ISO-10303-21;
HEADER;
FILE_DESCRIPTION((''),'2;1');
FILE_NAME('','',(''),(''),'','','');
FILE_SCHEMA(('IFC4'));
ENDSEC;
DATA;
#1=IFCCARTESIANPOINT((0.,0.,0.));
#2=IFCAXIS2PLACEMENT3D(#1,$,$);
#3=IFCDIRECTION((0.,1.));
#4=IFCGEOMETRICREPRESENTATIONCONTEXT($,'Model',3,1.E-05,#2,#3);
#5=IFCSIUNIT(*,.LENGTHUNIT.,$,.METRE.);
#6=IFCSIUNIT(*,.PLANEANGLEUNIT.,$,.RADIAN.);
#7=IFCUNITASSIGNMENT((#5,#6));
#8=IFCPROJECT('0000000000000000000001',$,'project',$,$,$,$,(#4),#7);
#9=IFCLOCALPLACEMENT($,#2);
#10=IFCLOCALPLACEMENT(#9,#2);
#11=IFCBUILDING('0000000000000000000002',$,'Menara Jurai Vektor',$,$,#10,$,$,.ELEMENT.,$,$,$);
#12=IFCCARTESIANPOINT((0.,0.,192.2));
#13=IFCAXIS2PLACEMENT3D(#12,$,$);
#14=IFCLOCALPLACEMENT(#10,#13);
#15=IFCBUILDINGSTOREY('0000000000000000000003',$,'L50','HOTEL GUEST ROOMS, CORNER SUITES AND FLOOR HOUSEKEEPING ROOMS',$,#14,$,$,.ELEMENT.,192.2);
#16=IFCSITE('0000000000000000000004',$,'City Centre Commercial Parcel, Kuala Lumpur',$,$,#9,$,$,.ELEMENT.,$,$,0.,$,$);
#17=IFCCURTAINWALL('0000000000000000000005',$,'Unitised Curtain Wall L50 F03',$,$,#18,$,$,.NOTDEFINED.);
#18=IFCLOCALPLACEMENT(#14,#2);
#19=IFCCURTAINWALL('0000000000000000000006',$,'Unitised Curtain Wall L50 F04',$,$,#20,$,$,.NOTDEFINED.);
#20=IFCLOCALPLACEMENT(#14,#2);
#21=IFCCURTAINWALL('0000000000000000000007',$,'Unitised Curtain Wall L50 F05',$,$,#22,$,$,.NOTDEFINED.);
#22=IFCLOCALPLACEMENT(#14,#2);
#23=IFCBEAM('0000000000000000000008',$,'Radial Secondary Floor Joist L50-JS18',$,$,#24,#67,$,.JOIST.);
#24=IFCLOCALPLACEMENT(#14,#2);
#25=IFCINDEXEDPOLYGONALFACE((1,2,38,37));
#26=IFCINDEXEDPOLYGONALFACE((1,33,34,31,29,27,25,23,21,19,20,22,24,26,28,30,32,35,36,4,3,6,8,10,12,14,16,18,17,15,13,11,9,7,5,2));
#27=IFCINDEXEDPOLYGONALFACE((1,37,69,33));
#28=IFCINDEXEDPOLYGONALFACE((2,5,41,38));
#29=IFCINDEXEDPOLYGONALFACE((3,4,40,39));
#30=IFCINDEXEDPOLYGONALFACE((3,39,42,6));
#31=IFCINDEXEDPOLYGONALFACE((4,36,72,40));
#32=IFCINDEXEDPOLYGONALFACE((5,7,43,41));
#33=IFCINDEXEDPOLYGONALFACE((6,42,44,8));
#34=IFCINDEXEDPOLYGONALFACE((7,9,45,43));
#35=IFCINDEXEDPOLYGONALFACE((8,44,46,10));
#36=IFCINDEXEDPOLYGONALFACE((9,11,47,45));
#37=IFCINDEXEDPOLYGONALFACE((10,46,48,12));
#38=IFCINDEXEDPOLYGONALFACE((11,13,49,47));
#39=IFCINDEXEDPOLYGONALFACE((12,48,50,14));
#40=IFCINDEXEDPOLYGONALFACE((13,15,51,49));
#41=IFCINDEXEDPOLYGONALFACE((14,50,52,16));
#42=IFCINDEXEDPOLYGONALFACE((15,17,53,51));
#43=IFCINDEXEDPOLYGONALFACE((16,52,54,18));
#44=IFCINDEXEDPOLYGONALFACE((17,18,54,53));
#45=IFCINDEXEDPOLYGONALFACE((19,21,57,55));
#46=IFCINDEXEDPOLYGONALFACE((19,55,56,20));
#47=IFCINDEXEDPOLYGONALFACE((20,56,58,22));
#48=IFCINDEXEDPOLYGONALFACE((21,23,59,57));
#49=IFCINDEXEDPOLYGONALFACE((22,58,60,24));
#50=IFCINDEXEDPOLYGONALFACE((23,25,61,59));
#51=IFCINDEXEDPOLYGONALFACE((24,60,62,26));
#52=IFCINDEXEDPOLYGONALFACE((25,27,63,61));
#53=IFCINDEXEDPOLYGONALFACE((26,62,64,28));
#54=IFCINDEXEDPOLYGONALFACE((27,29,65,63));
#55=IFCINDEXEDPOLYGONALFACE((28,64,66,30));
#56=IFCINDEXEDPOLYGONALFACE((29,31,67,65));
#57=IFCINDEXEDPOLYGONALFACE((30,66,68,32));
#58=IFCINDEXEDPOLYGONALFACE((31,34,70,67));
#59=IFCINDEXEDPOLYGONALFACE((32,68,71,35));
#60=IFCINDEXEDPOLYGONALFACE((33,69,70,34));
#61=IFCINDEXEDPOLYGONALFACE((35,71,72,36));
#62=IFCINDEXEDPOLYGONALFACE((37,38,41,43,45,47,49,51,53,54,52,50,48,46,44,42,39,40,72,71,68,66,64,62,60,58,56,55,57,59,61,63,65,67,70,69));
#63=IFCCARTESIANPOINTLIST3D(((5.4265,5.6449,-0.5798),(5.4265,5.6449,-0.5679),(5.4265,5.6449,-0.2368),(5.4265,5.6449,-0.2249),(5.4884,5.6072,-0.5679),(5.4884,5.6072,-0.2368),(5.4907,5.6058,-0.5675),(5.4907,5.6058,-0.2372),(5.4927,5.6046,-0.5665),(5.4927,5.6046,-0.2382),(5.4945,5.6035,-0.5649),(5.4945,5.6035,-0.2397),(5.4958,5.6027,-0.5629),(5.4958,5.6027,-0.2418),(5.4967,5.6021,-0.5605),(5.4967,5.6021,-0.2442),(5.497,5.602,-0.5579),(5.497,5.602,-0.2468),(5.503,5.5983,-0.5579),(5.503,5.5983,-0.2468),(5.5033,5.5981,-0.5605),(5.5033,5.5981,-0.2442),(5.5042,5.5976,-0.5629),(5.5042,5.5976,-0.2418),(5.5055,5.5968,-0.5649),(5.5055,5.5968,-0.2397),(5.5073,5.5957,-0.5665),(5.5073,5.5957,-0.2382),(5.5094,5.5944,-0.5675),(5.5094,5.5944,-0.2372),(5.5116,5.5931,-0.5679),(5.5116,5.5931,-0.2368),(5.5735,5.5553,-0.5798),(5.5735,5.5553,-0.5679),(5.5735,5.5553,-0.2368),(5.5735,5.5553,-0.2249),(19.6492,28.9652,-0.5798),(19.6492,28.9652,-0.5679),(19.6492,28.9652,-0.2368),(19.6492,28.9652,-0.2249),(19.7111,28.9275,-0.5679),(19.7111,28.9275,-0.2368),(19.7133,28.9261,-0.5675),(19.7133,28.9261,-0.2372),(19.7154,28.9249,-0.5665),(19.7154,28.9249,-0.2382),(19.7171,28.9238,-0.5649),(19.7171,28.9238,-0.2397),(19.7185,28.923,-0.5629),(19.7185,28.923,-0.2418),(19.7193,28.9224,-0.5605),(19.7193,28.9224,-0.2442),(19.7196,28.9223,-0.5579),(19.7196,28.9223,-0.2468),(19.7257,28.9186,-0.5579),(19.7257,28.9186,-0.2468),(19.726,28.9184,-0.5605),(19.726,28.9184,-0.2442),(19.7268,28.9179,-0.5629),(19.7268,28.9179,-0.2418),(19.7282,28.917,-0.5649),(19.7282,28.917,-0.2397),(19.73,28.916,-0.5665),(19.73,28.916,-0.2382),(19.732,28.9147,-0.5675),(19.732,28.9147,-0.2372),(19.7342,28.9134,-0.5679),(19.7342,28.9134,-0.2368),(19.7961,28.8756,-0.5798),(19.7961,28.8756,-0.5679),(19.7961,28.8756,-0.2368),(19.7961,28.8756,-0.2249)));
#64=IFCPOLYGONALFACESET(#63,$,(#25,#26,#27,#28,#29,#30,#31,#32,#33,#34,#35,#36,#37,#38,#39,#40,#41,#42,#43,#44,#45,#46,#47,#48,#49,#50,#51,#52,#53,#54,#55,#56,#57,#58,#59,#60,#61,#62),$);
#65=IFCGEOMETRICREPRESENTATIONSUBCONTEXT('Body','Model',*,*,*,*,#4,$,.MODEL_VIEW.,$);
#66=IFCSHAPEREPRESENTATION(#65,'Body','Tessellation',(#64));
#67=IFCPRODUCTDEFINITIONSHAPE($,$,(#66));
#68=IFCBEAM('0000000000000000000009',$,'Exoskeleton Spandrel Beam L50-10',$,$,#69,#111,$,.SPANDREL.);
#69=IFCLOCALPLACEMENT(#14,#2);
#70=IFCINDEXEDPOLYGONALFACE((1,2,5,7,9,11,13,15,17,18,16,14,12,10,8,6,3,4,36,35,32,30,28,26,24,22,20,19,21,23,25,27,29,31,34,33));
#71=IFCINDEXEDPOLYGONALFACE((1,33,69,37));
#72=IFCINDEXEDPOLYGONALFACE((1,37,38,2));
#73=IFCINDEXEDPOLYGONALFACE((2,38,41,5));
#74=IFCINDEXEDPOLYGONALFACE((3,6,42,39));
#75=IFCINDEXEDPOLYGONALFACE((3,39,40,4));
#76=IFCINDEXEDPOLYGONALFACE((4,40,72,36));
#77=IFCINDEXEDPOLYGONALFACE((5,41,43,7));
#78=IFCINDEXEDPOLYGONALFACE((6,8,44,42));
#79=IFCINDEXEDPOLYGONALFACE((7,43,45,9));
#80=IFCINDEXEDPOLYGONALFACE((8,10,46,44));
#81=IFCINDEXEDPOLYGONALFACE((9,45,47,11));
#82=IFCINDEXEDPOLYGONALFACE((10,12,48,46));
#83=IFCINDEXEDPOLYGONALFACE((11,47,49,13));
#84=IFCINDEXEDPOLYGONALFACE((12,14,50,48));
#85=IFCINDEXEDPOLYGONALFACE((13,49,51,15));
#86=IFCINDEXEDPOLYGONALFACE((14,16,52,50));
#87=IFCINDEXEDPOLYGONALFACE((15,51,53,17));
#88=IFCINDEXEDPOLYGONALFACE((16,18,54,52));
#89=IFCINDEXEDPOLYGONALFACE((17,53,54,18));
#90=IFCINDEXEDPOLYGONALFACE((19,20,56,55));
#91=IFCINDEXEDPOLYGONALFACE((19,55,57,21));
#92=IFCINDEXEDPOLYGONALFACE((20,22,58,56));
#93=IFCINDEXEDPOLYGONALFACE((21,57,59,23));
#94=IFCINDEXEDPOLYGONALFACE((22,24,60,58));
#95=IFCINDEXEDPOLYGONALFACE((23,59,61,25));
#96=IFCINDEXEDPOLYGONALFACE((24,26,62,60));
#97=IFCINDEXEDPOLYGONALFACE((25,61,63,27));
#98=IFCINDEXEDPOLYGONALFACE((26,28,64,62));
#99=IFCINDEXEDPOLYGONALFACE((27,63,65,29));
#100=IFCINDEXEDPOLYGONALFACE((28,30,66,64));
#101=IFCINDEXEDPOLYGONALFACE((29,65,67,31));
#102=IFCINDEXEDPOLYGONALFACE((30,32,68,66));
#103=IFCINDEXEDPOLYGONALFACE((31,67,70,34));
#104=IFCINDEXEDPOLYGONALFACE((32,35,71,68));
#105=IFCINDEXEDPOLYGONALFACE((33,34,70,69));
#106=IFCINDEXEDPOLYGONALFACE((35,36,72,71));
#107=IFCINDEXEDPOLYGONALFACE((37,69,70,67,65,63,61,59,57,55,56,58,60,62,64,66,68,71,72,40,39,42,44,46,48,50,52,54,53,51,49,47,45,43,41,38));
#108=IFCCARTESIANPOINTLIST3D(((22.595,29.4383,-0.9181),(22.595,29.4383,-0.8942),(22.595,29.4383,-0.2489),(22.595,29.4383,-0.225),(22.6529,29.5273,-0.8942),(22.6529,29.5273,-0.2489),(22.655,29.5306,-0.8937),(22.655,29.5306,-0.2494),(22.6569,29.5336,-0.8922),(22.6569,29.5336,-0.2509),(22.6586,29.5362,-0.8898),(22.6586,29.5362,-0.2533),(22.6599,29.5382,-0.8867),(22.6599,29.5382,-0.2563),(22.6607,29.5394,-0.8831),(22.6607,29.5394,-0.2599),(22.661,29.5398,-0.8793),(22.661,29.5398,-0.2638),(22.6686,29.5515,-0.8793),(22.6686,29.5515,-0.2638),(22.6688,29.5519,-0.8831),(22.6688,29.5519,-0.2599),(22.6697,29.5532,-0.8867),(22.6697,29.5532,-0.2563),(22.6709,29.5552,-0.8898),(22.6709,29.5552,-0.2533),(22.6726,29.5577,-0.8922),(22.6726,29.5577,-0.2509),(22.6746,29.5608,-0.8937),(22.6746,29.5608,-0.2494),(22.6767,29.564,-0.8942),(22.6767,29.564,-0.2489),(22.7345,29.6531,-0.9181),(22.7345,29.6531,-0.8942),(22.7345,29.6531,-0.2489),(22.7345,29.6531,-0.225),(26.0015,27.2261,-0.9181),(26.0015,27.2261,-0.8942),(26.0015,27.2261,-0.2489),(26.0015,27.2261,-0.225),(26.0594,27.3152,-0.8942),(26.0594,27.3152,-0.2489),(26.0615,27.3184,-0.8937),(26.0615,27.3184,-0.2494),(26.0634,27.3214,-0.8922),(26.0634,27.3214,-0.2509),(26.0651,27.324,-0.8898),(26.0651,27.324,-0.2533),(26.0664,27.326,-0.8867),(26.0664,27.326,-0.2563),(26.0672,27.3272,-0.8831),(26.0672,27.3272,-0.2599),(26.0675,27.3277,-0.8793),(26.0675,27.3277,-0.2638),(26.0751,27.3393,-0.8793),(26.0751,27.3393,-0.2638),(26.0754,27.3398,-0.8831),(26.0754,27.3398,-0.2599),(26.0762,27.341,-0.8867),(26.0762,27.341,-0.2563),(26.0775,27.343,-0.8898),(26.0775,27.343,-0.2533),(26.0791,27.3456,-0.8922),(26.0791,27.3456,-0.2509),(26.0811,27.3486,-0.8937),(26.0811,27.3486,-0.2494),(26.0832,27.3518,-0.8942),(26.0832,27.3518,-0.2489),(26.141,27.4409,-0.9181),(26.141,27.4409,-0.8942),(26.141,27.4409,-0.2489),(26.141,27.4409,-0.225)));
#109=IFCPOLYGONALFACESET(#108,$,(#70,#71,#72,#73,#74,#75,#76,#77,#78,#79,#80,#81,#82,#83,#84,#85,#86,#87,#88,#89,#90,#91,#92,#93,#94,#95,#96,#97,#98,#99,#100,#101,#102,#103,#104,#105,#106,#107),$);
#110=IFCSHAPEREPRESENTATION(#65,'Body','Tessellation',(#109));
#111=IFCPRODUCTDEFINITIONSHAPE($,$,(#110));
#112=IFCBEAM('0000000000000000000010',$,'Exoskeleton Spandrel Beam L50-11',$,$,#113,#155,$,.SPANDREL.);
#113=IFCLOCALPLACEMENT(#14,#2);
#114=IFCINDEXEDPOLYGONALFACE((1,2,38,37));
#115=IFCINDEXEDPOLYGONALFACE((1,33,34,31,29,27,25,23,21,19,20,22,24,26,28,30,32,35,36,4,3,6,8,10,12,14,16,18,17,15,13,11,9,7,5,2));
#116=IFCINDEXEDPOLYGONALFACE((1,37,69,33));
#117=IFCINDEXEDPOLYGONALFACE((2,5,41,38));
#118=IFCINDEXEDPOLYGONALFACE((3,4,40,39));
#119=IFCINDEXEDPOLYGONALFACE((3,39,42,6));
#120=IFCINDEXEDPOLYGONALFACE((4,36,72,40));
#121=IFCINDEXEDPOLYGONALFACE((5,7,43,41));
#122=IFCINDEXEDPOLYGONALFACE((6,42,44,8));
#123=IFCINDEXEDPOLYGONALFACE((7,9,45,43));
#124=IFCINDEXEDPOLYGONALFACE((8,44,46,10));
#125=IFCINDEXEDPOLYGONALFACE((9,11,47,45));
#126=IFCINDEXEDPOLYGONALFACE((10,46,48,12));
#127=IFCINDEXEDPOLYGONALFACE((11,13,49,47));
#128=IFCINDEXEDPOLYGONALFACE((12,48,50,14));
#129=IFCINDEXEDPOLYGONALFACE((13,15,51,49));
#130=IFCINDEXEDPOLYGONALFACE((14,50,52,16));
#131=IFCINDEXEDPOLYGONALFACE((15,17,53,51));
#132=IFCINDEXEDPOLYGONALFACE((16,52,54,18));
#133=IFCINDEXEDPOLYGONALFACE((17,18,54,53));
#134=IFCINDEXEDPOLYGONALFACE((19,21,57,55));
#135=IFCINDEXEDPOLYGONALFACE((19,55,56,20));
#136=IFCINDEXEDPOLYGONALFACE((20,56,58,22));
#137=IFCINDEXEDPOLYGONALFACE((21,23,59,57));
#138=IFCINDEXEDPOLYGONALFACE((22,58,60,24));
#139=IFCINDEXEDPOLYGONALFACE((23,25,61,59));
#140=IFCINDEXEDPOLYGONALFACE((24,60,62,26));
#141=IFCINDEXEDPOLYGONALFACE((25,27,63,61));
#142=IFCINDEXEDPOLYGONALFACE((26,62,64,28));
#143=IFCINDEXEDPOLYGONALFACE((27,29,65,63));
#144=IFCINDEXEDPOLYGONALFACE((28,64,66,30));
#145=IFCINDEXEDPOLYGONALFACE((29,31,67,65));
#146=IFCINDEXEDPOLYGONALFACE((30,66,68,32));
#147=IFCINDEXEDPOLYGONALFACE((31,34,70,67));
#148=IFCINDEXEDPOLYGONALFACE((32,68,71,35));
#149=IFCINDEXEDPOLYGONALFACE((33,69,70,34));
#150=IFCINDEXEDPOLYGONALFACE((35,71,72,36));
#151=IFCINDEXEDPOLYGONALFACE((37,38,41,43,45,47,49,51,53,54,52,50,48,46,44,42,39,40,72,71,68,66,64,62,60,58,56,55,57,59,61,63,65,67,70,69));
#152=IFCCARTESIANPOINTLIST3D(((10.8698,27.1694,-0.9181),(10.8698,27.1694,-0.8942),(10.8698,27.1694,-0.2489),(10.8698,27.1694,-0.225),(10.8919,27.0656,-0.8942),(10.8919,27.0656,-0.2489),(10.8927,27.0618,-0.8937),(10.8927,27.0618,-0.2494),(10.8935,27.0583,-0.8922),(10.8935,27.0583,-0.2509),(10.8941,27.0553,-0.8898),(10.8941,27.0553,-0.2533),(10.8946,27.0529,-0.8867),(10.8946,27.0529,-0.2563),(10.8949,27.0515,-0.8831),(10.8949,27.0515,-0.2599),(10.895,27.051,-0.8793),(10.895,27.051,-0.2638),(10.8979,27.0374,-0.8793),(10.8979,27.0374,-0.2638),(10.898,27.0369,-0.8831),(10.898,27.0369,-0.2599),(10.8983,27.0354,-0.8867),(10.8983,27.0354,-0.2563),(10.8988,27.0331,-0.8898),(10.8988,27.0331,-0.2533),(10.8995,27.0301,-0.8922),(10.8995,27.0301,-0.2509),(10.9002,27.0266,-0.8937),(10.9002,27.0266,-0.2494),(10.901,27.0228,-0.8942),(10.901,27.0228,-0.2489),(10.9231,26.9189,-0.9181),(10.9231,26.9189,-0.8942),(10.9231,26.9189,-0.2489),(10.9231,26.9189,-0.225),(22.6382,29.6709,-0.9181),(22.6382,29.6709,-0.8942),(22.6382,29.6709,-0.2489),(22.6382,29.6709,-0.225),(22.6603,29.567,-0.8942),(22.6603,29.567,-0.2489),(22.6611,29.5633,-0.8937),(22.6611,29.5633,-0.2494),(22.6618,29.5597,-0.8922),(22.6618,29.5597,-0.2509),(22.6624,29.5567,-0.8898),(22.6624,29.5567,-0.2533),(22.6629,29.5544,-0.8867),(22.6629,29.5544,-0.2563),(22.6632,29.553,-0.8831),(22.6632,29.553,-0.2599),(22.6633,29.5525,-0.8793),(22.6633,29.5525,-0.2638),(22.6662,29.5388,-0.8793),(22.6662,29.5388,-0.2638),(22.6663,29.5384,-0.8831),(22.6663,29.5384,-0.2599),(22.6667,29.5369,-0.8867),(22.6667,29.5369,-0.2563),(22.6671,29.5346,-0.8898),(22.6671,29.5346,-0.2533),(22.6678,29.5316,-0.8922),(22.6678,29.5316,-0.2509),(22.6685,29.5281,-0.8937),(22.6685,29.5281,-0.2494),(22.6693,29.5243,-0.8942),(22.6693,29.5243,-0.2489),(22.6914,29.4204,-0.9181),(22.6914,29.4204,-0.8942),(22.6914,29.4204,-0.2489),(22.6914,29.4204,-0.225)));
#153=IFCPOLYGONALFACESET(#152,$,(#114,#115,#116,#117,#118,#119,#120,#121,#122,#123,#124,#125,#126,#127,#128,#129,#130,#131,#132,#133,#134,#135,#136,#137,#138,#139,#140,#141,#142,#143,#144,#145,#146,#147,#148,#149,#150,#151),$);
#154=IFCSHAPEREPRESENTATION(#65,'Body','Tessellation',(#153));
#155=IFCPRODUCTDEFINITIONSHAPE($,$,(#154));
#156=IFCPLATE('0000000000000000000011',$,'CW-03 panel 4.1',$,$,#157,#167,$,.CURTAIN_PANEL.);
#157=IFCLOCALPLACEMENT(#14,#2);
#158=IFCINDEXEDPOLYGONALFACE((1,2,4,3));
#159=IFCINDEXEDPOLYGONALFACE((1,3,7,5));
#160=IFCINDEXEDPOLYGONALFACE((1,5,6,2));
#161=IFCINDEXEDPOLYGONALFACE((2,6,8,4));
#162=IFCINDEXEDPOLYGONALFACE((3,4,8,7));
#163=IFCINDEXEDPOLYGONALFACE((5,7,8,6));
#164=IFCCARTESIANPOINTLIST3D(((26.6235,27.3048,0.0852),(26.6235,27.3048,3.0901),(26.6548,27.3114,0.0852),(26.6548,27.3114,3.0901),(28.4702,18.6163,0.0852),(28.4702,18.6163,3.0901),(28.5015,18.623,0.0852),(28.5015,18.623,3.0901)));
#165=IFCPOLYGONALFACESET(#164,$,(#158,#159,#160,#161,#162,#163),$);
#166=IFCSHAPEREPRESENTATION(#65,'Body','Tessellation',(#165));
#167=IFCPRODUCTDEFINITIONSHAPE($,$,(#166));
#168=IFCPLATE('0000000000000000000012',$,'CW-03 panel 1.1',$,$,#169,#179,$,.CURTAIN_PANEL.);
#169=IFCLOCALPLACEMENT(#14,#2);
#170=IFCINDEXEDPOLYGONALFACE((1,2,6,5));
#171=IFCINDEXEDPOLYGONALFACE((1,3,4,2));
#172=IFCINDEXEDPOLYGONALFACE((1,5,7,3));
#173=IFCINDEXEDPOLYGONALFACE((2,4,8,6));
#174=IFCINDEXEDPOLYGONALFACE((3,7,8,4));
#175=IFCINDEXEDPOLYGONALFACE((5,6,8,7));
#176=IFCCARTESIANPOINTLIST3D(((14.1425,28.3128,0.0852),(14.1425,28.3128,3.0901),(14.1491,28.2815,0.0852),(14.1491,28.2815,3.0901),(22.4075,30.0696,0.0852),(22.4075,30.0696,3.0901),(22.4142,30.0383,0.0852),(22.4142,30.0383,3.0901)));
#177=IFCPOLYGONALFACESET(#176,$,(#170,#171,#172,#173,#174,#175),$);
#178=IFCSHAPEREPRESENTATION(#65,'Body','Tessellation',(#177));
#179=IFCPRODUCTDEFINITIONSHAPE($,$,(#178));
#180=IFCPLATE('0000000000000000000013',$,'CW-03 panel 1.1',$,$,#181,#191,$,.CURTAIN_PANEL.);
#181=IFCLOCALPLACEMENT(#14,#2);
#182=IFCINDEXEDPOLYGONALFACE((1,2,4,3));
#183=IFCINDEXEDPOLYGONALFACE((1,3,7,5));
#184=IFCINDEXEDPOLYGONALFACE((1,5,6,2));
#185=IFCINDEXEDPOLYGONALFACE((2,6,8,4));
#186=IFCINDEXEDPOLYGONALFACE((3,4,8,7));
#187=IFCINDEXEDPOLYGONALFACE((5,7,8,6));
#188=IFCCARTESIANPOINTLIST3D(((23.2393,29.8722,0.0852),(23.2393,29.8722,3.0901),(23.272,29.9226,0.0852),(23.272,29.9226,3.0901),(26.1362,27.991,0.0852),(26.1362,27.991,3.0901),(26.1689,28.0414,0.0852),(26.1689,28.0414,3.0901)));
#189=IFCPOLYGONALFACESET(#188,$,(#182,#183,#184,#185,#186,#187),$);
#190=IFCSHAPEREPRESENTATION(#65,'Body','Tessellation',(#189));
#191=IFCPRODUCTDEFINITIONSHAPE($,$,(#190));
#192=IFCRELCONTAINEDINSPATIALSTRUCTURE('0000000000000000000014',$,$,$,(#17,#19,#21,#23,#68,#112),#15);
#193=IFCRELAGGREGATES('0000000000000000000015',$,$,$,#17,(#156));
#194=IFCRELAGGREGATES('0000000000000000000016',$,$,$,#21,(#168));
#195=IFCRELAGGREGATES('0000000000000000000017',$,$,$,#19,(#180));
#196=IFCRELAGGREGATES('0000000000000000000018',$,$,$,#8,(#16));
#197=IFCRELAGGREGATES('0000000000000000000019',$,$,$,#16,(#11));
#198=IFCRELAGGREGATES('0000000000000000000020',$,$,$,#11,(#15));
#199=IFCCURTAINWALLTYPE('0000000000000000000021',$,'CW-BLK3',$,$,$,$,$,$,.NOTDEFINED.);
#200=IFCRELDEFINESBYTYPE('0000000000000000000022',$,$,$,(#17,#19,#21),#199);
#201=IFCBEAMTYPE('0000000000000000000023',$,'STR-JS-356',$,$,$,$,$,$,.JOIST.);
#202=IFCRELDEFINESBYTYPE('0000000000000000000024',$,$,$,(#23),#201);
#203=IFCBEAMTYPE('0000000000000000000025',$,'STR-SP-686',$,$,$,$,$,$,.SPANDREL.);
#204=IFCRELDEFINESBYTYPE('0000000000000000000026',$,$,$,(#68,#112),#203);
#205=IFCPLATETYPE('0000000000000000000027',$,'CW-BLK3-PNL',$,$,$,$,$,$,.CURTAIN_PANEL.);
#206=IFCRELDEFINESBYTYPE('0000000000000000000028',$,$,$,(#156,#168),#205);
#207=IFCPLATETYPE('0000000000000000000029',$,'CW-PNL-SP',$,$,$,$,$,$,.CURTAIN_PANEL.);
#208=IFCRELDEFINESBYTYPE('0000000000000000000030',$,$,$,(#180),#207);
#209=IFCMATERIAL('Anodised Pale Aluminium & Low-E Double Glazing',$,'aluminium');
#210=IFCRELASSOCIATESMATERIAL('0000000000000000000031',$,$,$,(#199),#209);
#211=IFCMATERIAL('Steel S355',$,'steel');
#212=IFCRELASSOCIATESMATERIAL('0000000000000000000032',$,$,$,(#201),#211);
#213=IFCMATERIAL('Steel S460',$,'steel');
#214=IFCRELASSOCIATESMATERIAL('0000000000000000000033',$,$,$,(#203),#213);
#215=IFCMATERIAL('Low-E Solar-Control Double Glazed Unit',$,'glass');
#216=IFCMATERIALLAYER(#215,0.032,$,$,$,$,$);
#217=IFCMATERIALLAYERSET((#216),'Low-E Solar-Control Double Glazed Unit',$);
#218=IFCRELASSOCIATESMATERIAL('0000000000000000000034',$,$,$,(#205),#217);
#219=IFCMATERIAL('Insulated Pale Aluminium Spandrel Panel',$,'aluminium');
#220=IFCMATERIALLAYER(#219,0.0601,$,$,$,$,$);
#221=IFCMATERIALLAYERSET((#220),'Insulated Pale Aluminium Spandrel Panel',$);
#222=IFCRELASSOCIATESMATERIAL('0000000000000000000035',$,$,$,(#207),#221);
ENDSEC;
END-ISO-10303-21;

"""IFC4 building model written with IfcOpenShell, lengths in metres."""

from ifc_helpers import new_model, si_unit, direction, frame, origin, origin_2d, place, context, subcontext, project, spatial, rectangle, i_section, extrude, material, layer, layer_set, material_profile, profile_set, type_object, element, aggregate, save


model = new_model("IFC4")

# Units and contexts
model_context = context("Model", 3, precision=1e-05, world=origin(), true_north=direction((0.0, 1.0)))
body_context = subcontext(model_context, "Body", "Model", "MODEL_VIEW")
ifc_project = project(units=[si_unit("LENGTHUNIT", "METRE"), si_unit("PLANEANGLEUNIT", "RADIAN")], contexts=[model_context])

# Site, building, storey
site_placement = place(None, origin())
site = spatial("IfcSite", under=ifc_project, at=site_placement, Name="City Centre Commercial Parcel, Kuala Lumpur", CompositionType="ELEMENT", RefElevation=0.0)
building_placement = place(site_placement, origin())
building = spatial("IfcBuilding", under=site, at=building_placement, Name="Menara Jurai Vektor", CompositionType="ELEMENT")
storey_placement = place(building_placement, frame((0.0, 0.0, 192.2)))
storey = spatial("IfcBuildingStorey", under=building, at=storey_placement, Name="L50", Description="HOTEL GUEST ROOMS, CORNER SUITES AND FLOOR HOUSEKEEPING ROOMS", CompositionType="ELEMENT", Elevation=192.2)

# Shared definitions
ifc_material_1 = material(Name="Steel S460", Category="steel")

# Curtain walls
ifc_material_2 = material(Name="Anodised Pale Aluminium & Low-E Double Glazing", Category="aluminium")
curtain_wall_type = type_object("IfcCurtainWallType", Name="CW-BLK3", PredefinedType="NOTDEFINED", material=ifc_material_2)
curtain_wall_1_placement = place(storey_placement, origin())
curtain_wall_1 = element("IfcCurtainWall", 1, at=curtain_wall_1_placement, inside=storey, type_object=curtain_wall_type, Name="Unitised Curtain Wall L50 F03", PredefinedType="NOTDEFINED")
curtain_wall_2_placement = place(storey_placement, origin())
curtain_wall_2 = element("IfcCurtainWall", 2, at=curtain_wall_2_placement, inside=storey, type_object=curtain_wall_type, Name="Unitised Curtain Wall L50 F04", PredefinedType="NOTDEFINED")

# Curtain wall
curtain_wall_3_placement = place(storey_placement, origin())
curtain_wall_3 = element("IfcCurtainWall", 3, at=curtain_wall_3_placement, inside=storey, type_object=curtain_wall_type, Name="Unitised Curtain Wall L50 F05", PredefinedType="NOTDEFINED")

# Shared definitions
ifc_material_3 = material(Name="Steel S355", Category="steel")

# Beams
ifc_material_profile_1 = material_profile(ifc_material_3, i_section(OverallWidth=0.1721, OverallDepth=0.355, WebThickness=0.0071, FlangeThickness=0.012, FilletRadius=0.01, at=origin_2d()), Name="UKB 356x171x51")
ifc_profile_set_1 = profile_set([ifc_material_profile_1], Name="Steel S355")
beam_type_1 = type_object("IfcBeamType", Name="STR-JS-356", PredefinedType="JOIST", material=ifc_profile_set_1)
beam_1_placement = place(storey_placement, frame((19.7227, 28.9204, -0.4023), z_axis=(-0.520686, -0.853748, 0.0), x_axis=(0.853748, -0.520686, 0.0)))
element("IfcBeam", 4, at=beam_1_placement, inside=storey, type_object=beam_type_1, Name="Radial Secondary Floor Joist L50-JS18", PredefinedType="JOIST", context=body_context, shape_type="SweptSolid", body=[
    extrude(i_section(OverallWidth=0.1721, OverallDepth=0.355, WebThickness=0.0071, FlangeThickness=0.012, FilletRadius=0.01, at=origin_2d()), origin(), (0.0, 0.0, 1.0), 27.3152),
])
ifc_material_profile_2 = material_profile(ifc_material_1, i_section(OverallWidth=0.2561, OverallDepth=0.6931, WebThickness=0.0139, FlangeThickness=0.0239, FilletRadius=0.0149, at=origin_2d()), Name="UKB 686x254x170")
ifc_profile_set_2 = profile_set([ifc_material_profile_2], Name="Steel S460")
beam_type_2 = type_object("IfcBeamType", Name="STR-SP-686", PredefinedType="SPANDREL", material=ifc_profile_set_2)
beam_2_placement = place(storey_placement, frame((26.0713, 27.3335, -0.5715), z_axis=(-0.838676, 0.544631, 0.0), x_axis=(-0.544631, -0.838676, 0.0)))
element("IfcBeam", 5, at=beam_2_placement, inside=storey, type_object=beam_type_2, Name="Exoskeleton Spandrel Beam L50-10", PredefinedType="SPANDREL", context=body_context, shape_type="SweptSolid", body=[
    extrude(i_section(OverallWidth=0.2561, OverallDepth=0.6931, WebThickness=0.0139, FlangeThickness=0.0239, FilletRadius=0.0149, at=origin_2d()), origin(), (0.0, 0.0, 1.0), 4.0618),
])
beam_3_placement = place(storey_placement, frame((22.6648, 29.5457, -0.5715), z_axis=(-0.978147, -0.207914, 0.0), x_axis=(0.207914, -0.978147, 0.0)))
element("IfcBeam", 6, at=beam_3_placement, inside=storey, type_object=beam_type_2, Name="Exoskeleton Spandrel Beam L50-11", PredefinedType="SPANDREL", context=body_context, shape_type="SweptSolid", body=[
    extrude(i_section(OverallWidth=0.2561, OverallDepth=0.6931, WebThickness=0.0139, FlangeThickness=0.0239, FilletRadius=0.0149, at=origin_2d()), origin(), (0.0, 0.0, 1.0), 12.0312),
])

# Plates
ifc_material_4 = material(Name="Low-E Solar-Control Double Glazed Unit", Category="glass")
ifc_layer_1 = layer(ifc_material_4, 0.032)
ifc_layer_set_1 = layer_set([ifc_layer_1], Name="Low-E Solar-Control Double Glazed Unit")
plate_type_1 = type_object("IfcPlateType", Name="CW-BLK3-PNL", PredefinedType="CURTAIN_PANEL", material=ifc_layer_set_1)
plate_1_placement = place(storey_placement, frame((27.5625, 22.9639, 0.0852), z_axis=(0.0, 0.0, 1.0), x_axis=(-0.20791, 0.978148, 0.0)))
plate_1 = element("IfcPlate", 7, at=plate_1_placement, type_object=plate_type_1, Name="CW-03 panel 4.1", PredefinedType="CURTAIN_PANEL", context=body_context, shape_type="SweptSolid", body=[
    extrude(rectangle(XDim=8.8826, YDim=0.032, at=origin_2d()), origin(), (0.0, 0.0, 1.0), 3.0049),
])
aggregate(curtain_wall_1, [plate_1])
plate_2_placement = place(storey_placement, frame((18.2783, 29.1755, 0.0852), z_axis=(0.0, 0.0, 1.0), x_axis=(-0.978148, -0.207911, 0.0)))
plate_2 = element("IfcPlate", 8, at=plate_2_placement, type_object=plate_type_1, Name="CW-03 panel 1.1", PredefinedType="CURTAIN_PANEL", context=body_context, shape_type="SweptSolid", body=[
    extrude(rectangle(XDim=8.4497, YDim=0.032, at=origin_2d()), origin(), (0.0, 0.0, 1.0), 3.0049),
])
aggregate(curtain_wall_3, [plate_2])
ifc_material_5 = material(Name="Insulated Pale Aluminium Spandrel Panel", Category="aluminium")
ifc_layer_2 = layer(ifc_material_5, 0.0601)
ifc_layer_set_2 = layer_set([ifc_layer_2], Name="Insulated Pale Aluminium Spandrel Panel")
plate_type_2 = type_object("IfcPlateType", Name="CW-PNL-SP", PredefinedType="CURTAIN_PANEL", material=ifc_layer_set_2)
plate_3_placement = place(storey_placement, frame((24.7041, 28.9568, 0.0852), z_axis=(0.0, 0.0, 1.0), x_axis=(-0.838684, 0.544618, 0.0)))
plate_3 = element("IfcPlate", 9, at=plate_3_placement, type_object=plate_type_2, Name="CW-03 panel 1.1", PredefinedType="CURTAIN_PANEL", context=body_context, shape_type="SweptSolid", body=[
    extrude(rectangle(XDim=3.4541, YDim=0.0601, at=origin_2d()), origin(), (0.0, 0.0, 1.0), 3.0049),
])
aggregate(curtain_wall_2, [plate_3])

save(model, "model.ifc")
